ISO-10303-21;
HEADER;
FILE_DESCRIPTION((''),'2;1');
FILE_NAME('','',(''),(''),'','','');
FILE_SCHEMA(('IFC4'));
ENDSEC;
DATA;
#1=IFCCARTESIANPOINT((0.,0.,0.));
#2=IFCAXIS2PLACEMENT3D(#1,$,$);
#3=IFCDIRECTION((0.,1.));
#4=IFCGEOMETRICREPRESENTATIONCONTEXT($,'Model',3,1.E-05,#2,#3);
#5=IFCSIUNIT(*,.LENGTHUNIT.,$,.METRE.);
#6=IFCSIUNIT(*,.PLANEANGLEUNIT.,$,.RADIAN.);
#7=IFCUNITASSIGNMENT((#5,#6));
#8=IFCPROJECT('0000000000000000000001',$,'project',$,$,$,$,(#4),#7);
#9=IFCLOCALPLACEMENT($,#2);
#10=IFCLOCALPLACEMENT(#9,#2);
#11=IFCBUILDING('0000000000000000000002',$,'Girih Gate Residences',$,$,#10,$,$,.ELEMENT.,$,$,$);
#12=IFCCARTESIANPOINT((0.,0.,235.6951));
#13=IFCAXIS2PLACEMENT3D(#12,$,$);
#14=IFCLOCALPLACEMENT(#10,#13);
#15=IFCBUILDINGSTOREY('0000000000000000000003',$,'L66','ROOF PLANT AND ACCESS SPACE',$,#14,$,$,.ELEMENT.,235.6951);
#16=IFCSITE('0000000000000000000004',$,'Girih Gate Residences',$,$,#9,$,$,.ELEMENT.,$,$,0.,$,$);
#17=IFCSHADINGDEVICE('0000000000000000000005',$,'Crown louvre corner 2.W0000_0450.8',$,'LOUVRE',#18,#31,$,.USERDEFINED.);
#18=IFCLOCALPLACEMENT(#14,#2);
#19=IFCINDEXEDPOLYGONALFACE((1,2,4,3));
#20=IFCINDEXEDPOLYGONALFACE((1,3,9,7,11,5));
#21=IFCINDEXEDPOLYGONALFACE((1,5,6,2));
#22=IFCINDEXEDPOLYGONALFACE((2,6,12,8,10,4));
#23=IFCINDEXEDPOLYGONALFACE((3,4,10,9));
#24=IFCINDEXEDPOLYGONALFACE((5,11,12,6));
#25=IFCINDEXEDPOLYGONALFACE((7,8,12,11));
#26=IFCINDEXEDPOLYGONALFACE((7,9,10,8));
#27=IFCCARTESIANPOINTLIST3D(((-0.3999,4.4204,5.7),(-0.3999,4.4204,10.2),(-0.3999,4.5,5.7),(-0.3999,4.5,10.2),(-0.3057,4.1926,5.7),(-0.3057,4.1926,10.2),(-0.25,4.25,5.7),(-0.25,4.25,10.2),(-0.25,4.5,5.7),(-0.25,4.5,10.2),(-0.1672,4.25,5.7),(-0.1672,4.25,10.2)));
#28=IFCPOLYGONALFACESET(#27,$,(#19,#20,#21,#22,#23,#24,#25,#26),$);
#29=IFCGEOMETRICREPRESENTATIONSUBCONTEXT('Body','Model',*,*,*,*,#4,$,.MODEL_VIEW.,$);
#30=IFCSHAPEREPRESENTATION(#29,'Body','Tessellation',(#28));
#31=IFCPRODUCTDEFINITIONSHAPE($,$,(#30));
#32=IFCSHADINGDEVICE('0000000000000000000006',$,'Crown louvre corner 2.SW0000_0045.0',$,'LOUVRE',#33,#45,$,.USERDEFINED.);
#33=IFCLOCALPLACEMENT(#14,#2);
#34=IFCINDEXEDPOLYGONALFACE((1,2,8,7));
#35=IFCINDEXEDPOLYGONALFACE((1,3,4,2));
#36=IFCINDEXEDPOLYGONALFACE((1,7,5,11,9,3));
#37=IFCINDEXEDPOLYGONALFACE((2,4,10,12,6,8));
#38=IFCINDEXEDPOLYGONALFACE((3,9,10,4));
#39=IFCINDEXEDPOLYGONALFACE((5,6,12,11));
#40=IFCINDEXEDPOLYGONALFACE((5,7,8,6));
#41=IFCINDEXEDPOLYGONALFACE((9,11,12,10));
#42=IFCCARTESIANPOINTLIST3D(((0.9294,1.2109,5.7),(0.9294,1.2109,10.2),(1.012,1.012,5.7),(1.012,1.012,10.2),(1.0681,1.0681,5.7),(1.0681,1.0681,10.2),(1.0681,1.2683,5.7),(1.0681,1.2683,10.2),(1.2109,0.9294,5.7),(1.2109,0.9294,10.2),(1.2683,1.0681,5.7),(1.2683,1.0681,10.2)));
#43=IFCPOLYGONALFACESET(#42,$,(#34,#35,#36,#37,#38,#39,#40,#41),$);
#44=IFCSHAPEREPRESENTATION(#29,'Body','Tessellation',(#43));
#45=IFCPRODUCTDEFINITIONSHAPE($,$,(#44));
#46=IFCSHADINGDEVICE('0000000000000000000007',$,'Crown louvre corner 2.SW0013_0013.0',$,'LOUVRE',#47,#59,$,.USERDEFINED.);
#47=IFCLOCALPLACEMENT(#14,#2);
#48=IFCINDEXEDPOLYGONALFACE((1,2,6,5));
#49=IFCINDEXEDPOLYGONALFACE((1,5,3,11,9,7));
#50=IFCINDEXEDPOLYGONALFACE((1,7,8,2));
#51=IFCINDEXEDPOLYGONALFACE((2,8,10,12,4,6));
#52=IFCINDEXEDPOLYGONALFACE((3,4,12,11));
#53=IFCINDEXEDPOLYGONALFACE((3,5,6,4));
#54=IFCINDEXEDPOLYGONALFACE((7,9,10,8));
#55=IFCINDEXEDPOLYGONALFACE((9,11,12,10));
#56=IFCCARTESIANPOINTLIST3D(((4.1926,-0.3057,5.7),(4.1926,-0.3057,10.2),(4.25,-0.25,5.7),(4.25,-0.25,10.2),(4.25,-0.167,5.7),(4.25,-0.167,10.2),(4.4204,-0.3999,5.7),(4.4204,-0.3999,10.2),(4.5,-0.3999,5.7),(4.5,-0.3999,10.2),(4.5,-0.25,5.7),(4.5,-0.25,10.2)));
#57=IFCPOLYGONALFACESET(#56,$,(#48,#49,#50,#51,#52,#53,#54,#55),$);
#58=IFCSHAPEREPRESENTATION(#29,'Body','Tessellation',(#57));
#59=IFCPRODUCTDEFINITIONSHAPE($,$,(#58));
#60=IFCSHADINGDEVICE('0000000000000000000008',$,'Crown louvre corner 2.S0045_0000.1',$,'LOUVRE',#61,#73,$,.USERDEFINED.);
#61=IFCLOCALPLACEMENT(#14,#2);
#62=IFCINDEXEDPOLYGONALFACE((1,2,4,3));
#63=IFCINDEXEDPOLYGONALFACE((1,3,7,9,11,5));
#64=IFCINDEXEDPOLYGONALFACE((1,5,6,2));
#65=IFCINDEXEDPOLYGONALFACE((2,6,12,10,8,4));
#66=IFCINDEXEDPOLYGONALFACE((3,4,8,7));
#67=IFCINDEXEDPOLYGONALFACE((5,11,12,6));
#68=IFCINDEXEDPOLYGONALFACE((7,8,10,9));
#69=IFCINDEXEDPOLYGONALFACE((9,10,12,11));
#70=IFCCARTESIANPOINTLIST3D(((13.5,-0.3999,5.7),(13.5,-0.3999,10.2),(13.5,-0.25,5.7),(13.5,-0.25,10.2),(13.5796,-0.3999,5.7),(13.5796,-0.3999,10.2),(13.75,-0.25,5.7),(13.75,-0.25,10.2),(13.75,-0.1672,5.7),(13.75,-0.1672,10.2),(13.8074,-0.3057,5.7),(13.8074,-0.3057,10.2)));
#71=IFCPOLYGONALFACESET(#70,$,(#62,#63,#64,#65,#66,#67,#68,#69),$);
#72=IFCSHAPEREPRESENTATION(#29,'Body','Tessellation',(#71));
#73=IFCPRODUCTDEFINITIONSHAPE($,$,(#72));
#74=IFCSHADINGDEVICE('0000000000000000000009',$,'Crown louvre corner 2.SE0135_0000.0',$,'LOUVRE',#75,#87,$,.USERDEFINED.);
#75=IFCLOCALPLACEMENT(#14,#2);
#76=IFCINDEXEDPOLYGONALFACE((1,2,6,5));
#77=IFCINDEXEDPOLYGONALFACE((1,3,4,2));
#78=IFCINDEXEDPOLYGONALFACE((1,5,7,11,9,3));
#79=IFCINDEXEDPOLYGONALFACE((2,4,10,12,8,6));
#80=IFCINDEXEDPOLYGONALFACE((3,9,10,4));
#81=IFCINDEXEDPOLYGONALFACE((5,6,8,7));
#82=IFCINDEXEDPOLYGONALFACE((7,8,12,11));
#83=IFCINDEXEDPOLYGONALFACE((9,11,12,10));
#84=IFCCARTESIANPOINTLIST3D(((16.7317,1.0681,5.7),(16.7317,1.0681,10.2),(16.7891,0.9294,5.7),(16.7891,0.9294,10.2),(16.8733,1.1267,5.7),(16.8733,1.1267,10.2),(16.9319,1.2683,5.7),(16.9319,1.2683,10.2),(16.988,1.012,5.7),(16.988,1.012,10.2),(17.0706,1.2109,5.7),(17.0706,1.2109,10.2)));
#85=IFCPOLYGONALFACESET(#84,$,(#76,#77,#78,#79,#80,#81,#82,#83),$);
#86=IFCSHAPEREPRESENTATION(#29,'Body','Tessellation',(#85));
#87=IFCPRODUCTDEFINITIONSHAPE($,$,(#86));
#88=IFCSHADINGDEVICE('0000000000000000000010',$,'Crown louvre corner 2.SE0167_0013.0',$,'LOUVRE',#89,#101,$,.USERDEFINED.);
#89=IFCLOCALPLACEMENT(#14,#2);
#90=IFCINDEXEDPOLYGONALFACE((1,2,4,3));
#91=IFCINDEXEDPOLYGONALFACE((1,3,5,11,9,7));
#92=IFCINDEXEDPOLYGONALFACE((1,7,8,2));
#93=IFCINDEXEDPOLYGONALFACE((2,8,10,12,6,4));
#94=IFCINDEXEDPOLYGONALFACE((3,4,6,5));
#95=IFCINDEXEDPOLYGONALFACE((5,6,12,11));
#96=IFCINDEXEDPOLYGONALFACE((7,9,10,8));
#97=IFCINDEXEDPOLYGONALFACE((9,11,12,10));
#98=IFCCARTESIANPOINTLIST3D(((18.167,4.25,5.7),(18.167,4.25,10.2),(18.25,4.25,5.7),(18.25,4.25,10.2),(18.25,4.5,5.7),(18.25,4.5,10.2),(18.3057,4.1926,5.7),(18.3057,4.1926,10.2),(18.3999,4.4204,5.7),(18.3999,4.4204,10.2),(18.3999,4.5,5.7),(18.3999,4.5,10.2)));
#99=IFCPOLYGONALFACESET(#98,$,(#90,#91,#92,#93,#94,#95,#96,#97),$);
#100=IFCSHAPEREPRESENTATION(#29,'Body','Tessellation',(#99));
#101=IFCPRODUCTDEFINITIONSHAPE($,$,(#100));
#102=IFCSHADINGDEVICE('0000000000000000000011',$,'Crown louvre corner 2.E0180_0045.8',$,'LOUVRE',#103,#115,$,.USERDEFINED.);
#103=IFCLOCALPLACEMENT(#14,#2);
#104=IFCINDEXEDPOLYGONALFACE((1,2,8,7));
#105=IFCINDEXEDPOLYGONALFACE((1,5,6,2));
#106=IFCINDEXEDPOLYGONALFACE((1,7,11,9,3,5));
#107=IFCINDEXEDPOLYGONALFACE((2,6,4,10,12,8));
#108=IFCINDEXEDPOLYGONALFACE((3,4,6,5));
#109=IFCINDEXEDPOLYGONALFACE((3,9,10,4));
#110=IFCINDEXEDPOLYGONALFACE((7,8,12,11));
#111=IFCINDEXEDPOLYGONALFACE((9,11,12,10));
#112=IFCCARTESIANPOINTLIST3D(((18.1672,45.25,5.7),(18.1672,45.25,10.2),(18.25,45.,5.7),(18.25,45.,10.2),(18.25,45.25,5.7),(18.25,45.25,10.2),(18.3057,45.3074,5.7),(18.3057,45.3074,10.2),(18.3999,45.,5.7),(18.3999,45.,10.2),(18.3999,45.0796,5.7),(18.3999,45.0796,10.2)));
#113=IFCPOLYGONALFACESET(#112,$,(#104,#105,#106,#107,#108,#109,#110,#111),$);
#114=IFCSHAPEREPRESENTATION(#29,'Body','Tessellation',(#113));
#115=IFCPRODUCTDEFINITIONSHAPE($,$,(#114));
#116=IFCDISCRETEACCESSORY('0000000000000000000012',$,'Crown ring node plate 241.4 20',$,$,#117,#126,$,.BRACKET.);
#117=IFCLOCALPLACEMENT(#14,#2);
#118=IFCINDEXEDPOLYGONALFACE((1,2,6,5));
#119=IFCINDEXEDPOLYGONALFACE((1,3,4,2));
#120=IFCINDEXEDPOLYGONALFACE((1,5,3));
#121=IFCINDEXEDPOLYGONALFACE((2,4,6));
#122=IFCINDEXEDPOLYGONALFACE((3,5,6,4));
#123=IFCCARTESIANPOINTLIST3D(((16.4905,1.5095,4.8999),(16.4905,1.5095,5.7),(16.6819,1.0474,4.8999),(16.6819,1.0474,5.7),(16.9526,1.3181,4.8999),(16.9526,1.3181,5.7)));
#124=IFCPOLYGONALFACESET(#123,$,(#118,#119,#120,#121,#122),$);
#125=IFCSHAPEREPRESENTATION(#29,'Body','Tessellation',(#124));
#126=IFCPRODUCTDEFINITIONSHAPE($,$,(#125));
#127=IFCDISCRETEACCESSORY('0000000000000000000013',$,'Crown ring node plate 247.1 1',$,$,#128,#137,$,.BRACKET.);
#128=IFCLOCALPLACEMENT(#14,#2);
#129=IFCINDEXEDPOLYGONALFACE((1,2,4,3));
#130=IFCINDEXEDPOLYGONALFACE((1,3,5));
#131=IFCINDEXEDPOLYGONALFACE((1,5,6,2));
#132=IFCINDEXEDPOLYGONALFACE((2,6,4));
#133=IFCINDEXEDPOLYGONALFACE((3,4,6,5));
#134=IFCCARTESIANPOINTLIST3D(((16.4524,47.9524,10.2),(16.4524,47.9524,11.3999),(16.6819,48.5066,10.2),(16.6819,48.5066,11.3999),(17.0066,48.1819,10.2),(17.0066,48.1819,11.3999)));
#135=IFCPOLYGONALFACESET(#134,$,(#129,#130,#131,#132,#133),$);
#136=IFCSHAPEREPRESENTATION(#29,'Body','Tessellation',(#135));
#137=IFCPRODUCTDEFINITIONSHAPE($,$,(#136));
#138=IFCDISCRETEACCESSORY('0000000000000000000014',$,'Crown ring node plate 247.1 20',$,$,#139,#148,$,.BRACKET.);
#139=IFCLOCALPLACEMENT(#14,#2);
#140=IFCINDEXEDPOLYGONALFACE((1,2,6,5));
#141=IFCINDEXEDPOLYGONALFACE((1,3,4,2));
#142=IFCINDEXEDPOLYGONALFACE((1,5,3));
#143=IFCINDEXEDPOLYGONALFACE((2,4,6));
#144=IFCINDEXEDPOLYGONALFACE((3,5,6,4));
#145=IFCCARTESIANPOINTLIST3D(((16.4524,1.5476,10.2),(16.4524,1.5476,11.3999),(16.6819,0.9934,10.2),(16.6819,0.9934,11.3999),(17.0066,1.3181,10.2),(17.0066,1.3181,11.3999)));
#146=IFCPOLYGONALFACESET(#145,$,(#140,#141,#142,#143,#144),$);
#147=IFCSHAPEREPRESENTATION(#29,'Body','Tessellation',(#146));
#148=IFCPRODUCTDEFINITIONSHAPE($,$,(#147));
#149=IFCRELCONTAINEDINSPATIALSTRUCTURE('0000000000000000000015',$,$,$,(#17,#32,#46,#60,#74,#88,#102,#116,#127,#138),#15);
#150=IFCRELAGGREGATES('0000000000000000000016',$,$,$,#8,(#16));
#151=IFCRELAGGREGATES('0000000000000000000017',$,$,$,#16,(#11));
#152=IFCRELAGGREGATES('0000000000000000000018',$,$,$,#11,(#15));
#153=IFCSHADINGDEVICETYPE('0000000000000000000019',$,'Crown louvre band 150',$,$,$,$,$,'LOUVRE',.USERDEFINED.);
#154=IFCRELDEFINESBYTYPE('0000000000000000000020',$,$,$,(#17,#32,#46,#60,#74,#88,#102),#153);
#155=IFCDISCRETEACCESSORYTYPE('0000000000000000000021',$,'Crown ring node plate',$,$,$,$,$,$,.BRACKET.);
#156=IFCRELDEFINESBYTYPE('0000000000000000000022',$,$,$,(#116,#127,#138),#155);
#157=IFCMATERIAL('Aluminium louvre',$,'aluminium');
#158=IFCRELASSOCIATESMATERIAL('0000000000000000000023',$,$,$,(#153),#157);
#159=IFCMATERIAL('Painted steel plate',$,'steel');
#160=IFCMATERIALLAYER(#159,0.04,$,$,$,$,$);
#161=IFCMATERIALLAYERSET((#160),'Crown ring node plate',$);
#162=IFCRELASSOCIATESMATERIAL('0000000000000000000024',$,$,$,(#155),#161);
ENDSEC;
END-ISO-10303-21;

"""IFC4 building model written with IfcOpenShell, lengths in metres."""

from ifc_helpers import new_model, si_unit, direction, frame, origin, place, context, subcontext, project, spatial, polyline, outline, extrude, material, layer, layer_set, type_object, element, save


model = new_model("IFC4")

# Units and contexts
model_context = context("Model", 3, precision=1e-05, world=origin(), true_north=direction((0.0, 1.0)))
body_context = subcontext(model_context, "Body", "Model", "MODEL_VIEW")
ifc_project = project(units=[si_unit("LENGTHUNIT", "METRE"), si_unit("PLANEANGLEUNIT", "RADIAN")], contexts=[model_context])

# Site, building, storey
site_placement = place(None, origin())
site = spatial("IfcSite", under=ifc_project, at=site_placement, Name="Girih Gate Residences", CompositionType="ELEMENT", RefElevation=0.0)
building_placement = place(site_placement, origin())
building = spatial("IfcBuilding", under=site, at=building_placement, Name="Girih Gate Residences", CompositionType="ELEMENT")
storey_placement = place(building_placement, frame((0.0, 0.0, 235.6951)))
storey = spatial("IfcBuildingStorey", under=building, at=storey_placement, Name="L66", Description="ROOF PLANT AND ACCESS SPACE", CompositionType="ELEMENT", Elevation=235.6951)

# Shading devices
ifc_material_1 = material(Name="Aluminium louvre", Category="aluminium")
shading_device_type = type_object("IfcShadingDeviceType", Name="Crown louvre band 150", ElementType="LOUVRE", PredefinedType="USERDEFINED", material=ifc_material_1)
shading_device_1_placement = place(storey_placement, frame((0.0, 0.0, 5.7)))
element("IfcShadingDevice", 1, at=shading_device_1_placement, inside=storey, type_object=shading_device_type, Name="Crown louvre corner 2.W0000_0450.8", ObjectType="LOUVRE", PredefinedType="USERDEFINED", context=body_context, shape_type="SweptSolid", body=[
    extrude(outline(polyline([(-0.3999, 4.4204), (-0.3999, 4.5), (-0.25, 4.5), (-0.25, 4.25), (-0.1672, 4.25), (-0.3057, 4.1926), (-0.3999, 4.4204)])), origin(), (0.0, 0.0, 1.0), 4.5),
])
shading_device_2_placement = place(storey_placement, frame((0.0, 0.0, 5.7)))
element("IfcShadingDevice", 2, at=shading_device_2_placement, inside=storey, type_object=shading_device_type, Name="Crown louvre corner 2.SW0000_0045.0", ObjectType="LOUVRE", PredefinedType="USERDEFINED", context=body_context, shape_type="SweptSolid", body=[
    extrude(outline(polyline([(1.012, 1.012), (0.9294, 1.2109), (1.0681, 1.2683), (1.0681, 1.0681), (1.2683, 1.0681), (1.2109, 0.9294), (1.012, 1.012)])), origin(), (0.0, 0.0, 1.0), 4.5),
])
shading_device_3_placement = place(storey_placement, frame((0.0, 0.0, 5.7)))
element("IfcShadingDevice", 3, at=shading_device_3_placement, inside=storey, type_object=shading_device_type, Name="Crown louvre corner 2.SW0013_0013.0", ObjectType="LOUVRE", PredefinedType="USERDEFINED", context=body_context, shape_type="SweptSolid", body=[
    extrude(outline(polyline([(4.4204, -0.3999), (4.1926, -0.3057), (4.25, -0.167), (4.25, -0.25), (4.5, -0.25), (4.5, -0.3999), (4.4204, -0.3999)])), origin(), (0.0, 0.0, 1.0), 4.5),
])
shading_device_4_placement = place(storey_placement, frame((0.0, 0.0, 5.7)))
element("IfcShadingDevice", 4, at=shading_device_4_placement, inside=storey, type_object=shading_device_type, Name="Crown louvre corner 2.S0045_0000.1", ObjectType="LOUVRE", PredefinedType="USERDEFINED", context=body_context, shape_type="SweptSolid", body=[
    extrude(outline(polyline([(13.5796, -0.3999), (13.5, -0.3999), (13.5, -0.25), (13.75, -0.25), (13.75, -0.1672), (13.8074, -0.3057), (13.5796, -0.3999)])), origin(), (0.0, 0.0, 1.0), 4.5),
])
shading_device_5_placement = place(storey_placement, frame((0.0, 0.0, 5.7)))
element("IfcShadingDevice", 5, at=shading_device_5_placement, inside=storey, type_object=shading_device_type, Name="Crown louvre corner 2.SE0135_0000.0", ObjectType="LOUVRE", PredefinedType="USERDEFINED", context=body_context, shape_type="SweptSolid", body=[
    extrude(outline(polyline([(16.988, 1.012), (16.7891, 0.9294), (16.7317, 1.0681), (16.8733, 1.1267), (16.9319, 1.2683), (17.0706, 1.2109), (16.988, 1.012)])), origin(), (0.0, 0.0, 1.0), 4.5),
])
shading_device_6_placement = place(storey_placement, frame((0.0, 0.0, 5.7)))
element("IfcShadingDevice", 6, at=shading_device_6_placement, inside=storey, type_object=shading_device_type, Name="Crown louvre corner 2.SE0167_0013.0", ObjectType="LOUVRE", PredefinedType="USERDEFINED", context=body_context, shape_type="SweptSolid", body=[
    extrude(outline(polyline([(18.3999, 4.4204), (18.3057, 4.1926), (18.167, 4.25), (18.25, 4.25), (18.25, 4.5), (18.3999, 4.5), (18.3999, 4.4204)])), origin(), (0.0, 0.0, 1.0), 4.5),
])
shading_device_7_placement = place(storey_placement, frame((0.0, 0.0, 5.7)))
element("IfcShadingDevice", 7, at=shading_device_7_placement, inside=storey, type_object=shading_device_type, Name="Crown louvre corner 2.E0180_0045.8", ObjectType="LOUVRE", PredefinedType="USERDEFINED", context=body_context, shape_type="SweptSolid", body=[
    extrude(outline(polyline([(18.3999, 45.0796), (18.3999, 45.0), (18.25, 45.0), (18.25, 45.25), (18.1672, 45.25), (18.3057, 45.3074), (18.3999, 45.0796)])), origin(), (0.0, 0.0, 1.0), 4.5),
])

# Discrete accessories
ifc_material_2 = material(Name="Painted steel plate", Category="steel")
ifc_layer_1 = layer(ifc_material_2, 0.04)
ifc_layer_set_1 = layer_set([ifc_layer_1], Name="Crown ring node plate")
discrete_accessory_type = type_object("IfcDiscreteAccessoryType", Name="Crown ring node plate", PredefinedType="BRACKET", material=ifc_layer_set_1)
discrete_accessory_1_placement = place(storey_placement, frame((0.0, 0.0, 4.8999)))
element("IfcDiscreteAccessory", 8, at=discrete_accessory_1_placement, inside=storey, type_object=discrete_accessory_type, Name="Crown ring node plate 241.4 20", PredefinedType="BRACKET", context=body_context, shape_type="SweptSolid", body=[
    extrude(outline(polyline([(16.4905, 1.5095), (16.6819, 1.0474), (16.9526, 1.3181), (16.4905, 1.5095)])), origin(), (0.0, 0.0, 1.0), 0.8),
])
discrete_accessory_2_placement = place(storey_placement, frame((0.0, 0.0, 10.2)))
element("IfcDiscreteAccessory", 9, at=discrete_accessory_2_placement, inside=storey, type_object=discrete_accessory_type, Name="Crown ring node plate 247.1 1", PredefinedType="BRACKET", context=body_context, shape_type="SweptSolid", body=[
    extrude(outline(polyline([(16.4524, 47.9524), (17.0066, 48.1819), (16.6819, 48.5066), (16.4524, 47.9524)])), origin(), (0.0, 0.0, 1.0), 1.2),
])
discrete_accessory_3_placement = place(storey_placement, frame((0.0, 0.0, 10.2)))
element("IfcDiscreteAccessory", 10, at=discrete_accessory_3_placement, inside=storey, type_object=discrete_accessory_type, Name="Crown ring node plate 247.1 20", PredefinedType="BRACKET", context=body_context, shape_type="SweptSolid", body=[
    extrude(outline(polyline([(16.4524, 1.5476), (16.6819, 0.9934), (17.0066, 1.3181), (16.4524, 1.5476)])), origin(), (0.0, 0.0, 1.0), 1.2),
])

save(model, "model.ifc")
